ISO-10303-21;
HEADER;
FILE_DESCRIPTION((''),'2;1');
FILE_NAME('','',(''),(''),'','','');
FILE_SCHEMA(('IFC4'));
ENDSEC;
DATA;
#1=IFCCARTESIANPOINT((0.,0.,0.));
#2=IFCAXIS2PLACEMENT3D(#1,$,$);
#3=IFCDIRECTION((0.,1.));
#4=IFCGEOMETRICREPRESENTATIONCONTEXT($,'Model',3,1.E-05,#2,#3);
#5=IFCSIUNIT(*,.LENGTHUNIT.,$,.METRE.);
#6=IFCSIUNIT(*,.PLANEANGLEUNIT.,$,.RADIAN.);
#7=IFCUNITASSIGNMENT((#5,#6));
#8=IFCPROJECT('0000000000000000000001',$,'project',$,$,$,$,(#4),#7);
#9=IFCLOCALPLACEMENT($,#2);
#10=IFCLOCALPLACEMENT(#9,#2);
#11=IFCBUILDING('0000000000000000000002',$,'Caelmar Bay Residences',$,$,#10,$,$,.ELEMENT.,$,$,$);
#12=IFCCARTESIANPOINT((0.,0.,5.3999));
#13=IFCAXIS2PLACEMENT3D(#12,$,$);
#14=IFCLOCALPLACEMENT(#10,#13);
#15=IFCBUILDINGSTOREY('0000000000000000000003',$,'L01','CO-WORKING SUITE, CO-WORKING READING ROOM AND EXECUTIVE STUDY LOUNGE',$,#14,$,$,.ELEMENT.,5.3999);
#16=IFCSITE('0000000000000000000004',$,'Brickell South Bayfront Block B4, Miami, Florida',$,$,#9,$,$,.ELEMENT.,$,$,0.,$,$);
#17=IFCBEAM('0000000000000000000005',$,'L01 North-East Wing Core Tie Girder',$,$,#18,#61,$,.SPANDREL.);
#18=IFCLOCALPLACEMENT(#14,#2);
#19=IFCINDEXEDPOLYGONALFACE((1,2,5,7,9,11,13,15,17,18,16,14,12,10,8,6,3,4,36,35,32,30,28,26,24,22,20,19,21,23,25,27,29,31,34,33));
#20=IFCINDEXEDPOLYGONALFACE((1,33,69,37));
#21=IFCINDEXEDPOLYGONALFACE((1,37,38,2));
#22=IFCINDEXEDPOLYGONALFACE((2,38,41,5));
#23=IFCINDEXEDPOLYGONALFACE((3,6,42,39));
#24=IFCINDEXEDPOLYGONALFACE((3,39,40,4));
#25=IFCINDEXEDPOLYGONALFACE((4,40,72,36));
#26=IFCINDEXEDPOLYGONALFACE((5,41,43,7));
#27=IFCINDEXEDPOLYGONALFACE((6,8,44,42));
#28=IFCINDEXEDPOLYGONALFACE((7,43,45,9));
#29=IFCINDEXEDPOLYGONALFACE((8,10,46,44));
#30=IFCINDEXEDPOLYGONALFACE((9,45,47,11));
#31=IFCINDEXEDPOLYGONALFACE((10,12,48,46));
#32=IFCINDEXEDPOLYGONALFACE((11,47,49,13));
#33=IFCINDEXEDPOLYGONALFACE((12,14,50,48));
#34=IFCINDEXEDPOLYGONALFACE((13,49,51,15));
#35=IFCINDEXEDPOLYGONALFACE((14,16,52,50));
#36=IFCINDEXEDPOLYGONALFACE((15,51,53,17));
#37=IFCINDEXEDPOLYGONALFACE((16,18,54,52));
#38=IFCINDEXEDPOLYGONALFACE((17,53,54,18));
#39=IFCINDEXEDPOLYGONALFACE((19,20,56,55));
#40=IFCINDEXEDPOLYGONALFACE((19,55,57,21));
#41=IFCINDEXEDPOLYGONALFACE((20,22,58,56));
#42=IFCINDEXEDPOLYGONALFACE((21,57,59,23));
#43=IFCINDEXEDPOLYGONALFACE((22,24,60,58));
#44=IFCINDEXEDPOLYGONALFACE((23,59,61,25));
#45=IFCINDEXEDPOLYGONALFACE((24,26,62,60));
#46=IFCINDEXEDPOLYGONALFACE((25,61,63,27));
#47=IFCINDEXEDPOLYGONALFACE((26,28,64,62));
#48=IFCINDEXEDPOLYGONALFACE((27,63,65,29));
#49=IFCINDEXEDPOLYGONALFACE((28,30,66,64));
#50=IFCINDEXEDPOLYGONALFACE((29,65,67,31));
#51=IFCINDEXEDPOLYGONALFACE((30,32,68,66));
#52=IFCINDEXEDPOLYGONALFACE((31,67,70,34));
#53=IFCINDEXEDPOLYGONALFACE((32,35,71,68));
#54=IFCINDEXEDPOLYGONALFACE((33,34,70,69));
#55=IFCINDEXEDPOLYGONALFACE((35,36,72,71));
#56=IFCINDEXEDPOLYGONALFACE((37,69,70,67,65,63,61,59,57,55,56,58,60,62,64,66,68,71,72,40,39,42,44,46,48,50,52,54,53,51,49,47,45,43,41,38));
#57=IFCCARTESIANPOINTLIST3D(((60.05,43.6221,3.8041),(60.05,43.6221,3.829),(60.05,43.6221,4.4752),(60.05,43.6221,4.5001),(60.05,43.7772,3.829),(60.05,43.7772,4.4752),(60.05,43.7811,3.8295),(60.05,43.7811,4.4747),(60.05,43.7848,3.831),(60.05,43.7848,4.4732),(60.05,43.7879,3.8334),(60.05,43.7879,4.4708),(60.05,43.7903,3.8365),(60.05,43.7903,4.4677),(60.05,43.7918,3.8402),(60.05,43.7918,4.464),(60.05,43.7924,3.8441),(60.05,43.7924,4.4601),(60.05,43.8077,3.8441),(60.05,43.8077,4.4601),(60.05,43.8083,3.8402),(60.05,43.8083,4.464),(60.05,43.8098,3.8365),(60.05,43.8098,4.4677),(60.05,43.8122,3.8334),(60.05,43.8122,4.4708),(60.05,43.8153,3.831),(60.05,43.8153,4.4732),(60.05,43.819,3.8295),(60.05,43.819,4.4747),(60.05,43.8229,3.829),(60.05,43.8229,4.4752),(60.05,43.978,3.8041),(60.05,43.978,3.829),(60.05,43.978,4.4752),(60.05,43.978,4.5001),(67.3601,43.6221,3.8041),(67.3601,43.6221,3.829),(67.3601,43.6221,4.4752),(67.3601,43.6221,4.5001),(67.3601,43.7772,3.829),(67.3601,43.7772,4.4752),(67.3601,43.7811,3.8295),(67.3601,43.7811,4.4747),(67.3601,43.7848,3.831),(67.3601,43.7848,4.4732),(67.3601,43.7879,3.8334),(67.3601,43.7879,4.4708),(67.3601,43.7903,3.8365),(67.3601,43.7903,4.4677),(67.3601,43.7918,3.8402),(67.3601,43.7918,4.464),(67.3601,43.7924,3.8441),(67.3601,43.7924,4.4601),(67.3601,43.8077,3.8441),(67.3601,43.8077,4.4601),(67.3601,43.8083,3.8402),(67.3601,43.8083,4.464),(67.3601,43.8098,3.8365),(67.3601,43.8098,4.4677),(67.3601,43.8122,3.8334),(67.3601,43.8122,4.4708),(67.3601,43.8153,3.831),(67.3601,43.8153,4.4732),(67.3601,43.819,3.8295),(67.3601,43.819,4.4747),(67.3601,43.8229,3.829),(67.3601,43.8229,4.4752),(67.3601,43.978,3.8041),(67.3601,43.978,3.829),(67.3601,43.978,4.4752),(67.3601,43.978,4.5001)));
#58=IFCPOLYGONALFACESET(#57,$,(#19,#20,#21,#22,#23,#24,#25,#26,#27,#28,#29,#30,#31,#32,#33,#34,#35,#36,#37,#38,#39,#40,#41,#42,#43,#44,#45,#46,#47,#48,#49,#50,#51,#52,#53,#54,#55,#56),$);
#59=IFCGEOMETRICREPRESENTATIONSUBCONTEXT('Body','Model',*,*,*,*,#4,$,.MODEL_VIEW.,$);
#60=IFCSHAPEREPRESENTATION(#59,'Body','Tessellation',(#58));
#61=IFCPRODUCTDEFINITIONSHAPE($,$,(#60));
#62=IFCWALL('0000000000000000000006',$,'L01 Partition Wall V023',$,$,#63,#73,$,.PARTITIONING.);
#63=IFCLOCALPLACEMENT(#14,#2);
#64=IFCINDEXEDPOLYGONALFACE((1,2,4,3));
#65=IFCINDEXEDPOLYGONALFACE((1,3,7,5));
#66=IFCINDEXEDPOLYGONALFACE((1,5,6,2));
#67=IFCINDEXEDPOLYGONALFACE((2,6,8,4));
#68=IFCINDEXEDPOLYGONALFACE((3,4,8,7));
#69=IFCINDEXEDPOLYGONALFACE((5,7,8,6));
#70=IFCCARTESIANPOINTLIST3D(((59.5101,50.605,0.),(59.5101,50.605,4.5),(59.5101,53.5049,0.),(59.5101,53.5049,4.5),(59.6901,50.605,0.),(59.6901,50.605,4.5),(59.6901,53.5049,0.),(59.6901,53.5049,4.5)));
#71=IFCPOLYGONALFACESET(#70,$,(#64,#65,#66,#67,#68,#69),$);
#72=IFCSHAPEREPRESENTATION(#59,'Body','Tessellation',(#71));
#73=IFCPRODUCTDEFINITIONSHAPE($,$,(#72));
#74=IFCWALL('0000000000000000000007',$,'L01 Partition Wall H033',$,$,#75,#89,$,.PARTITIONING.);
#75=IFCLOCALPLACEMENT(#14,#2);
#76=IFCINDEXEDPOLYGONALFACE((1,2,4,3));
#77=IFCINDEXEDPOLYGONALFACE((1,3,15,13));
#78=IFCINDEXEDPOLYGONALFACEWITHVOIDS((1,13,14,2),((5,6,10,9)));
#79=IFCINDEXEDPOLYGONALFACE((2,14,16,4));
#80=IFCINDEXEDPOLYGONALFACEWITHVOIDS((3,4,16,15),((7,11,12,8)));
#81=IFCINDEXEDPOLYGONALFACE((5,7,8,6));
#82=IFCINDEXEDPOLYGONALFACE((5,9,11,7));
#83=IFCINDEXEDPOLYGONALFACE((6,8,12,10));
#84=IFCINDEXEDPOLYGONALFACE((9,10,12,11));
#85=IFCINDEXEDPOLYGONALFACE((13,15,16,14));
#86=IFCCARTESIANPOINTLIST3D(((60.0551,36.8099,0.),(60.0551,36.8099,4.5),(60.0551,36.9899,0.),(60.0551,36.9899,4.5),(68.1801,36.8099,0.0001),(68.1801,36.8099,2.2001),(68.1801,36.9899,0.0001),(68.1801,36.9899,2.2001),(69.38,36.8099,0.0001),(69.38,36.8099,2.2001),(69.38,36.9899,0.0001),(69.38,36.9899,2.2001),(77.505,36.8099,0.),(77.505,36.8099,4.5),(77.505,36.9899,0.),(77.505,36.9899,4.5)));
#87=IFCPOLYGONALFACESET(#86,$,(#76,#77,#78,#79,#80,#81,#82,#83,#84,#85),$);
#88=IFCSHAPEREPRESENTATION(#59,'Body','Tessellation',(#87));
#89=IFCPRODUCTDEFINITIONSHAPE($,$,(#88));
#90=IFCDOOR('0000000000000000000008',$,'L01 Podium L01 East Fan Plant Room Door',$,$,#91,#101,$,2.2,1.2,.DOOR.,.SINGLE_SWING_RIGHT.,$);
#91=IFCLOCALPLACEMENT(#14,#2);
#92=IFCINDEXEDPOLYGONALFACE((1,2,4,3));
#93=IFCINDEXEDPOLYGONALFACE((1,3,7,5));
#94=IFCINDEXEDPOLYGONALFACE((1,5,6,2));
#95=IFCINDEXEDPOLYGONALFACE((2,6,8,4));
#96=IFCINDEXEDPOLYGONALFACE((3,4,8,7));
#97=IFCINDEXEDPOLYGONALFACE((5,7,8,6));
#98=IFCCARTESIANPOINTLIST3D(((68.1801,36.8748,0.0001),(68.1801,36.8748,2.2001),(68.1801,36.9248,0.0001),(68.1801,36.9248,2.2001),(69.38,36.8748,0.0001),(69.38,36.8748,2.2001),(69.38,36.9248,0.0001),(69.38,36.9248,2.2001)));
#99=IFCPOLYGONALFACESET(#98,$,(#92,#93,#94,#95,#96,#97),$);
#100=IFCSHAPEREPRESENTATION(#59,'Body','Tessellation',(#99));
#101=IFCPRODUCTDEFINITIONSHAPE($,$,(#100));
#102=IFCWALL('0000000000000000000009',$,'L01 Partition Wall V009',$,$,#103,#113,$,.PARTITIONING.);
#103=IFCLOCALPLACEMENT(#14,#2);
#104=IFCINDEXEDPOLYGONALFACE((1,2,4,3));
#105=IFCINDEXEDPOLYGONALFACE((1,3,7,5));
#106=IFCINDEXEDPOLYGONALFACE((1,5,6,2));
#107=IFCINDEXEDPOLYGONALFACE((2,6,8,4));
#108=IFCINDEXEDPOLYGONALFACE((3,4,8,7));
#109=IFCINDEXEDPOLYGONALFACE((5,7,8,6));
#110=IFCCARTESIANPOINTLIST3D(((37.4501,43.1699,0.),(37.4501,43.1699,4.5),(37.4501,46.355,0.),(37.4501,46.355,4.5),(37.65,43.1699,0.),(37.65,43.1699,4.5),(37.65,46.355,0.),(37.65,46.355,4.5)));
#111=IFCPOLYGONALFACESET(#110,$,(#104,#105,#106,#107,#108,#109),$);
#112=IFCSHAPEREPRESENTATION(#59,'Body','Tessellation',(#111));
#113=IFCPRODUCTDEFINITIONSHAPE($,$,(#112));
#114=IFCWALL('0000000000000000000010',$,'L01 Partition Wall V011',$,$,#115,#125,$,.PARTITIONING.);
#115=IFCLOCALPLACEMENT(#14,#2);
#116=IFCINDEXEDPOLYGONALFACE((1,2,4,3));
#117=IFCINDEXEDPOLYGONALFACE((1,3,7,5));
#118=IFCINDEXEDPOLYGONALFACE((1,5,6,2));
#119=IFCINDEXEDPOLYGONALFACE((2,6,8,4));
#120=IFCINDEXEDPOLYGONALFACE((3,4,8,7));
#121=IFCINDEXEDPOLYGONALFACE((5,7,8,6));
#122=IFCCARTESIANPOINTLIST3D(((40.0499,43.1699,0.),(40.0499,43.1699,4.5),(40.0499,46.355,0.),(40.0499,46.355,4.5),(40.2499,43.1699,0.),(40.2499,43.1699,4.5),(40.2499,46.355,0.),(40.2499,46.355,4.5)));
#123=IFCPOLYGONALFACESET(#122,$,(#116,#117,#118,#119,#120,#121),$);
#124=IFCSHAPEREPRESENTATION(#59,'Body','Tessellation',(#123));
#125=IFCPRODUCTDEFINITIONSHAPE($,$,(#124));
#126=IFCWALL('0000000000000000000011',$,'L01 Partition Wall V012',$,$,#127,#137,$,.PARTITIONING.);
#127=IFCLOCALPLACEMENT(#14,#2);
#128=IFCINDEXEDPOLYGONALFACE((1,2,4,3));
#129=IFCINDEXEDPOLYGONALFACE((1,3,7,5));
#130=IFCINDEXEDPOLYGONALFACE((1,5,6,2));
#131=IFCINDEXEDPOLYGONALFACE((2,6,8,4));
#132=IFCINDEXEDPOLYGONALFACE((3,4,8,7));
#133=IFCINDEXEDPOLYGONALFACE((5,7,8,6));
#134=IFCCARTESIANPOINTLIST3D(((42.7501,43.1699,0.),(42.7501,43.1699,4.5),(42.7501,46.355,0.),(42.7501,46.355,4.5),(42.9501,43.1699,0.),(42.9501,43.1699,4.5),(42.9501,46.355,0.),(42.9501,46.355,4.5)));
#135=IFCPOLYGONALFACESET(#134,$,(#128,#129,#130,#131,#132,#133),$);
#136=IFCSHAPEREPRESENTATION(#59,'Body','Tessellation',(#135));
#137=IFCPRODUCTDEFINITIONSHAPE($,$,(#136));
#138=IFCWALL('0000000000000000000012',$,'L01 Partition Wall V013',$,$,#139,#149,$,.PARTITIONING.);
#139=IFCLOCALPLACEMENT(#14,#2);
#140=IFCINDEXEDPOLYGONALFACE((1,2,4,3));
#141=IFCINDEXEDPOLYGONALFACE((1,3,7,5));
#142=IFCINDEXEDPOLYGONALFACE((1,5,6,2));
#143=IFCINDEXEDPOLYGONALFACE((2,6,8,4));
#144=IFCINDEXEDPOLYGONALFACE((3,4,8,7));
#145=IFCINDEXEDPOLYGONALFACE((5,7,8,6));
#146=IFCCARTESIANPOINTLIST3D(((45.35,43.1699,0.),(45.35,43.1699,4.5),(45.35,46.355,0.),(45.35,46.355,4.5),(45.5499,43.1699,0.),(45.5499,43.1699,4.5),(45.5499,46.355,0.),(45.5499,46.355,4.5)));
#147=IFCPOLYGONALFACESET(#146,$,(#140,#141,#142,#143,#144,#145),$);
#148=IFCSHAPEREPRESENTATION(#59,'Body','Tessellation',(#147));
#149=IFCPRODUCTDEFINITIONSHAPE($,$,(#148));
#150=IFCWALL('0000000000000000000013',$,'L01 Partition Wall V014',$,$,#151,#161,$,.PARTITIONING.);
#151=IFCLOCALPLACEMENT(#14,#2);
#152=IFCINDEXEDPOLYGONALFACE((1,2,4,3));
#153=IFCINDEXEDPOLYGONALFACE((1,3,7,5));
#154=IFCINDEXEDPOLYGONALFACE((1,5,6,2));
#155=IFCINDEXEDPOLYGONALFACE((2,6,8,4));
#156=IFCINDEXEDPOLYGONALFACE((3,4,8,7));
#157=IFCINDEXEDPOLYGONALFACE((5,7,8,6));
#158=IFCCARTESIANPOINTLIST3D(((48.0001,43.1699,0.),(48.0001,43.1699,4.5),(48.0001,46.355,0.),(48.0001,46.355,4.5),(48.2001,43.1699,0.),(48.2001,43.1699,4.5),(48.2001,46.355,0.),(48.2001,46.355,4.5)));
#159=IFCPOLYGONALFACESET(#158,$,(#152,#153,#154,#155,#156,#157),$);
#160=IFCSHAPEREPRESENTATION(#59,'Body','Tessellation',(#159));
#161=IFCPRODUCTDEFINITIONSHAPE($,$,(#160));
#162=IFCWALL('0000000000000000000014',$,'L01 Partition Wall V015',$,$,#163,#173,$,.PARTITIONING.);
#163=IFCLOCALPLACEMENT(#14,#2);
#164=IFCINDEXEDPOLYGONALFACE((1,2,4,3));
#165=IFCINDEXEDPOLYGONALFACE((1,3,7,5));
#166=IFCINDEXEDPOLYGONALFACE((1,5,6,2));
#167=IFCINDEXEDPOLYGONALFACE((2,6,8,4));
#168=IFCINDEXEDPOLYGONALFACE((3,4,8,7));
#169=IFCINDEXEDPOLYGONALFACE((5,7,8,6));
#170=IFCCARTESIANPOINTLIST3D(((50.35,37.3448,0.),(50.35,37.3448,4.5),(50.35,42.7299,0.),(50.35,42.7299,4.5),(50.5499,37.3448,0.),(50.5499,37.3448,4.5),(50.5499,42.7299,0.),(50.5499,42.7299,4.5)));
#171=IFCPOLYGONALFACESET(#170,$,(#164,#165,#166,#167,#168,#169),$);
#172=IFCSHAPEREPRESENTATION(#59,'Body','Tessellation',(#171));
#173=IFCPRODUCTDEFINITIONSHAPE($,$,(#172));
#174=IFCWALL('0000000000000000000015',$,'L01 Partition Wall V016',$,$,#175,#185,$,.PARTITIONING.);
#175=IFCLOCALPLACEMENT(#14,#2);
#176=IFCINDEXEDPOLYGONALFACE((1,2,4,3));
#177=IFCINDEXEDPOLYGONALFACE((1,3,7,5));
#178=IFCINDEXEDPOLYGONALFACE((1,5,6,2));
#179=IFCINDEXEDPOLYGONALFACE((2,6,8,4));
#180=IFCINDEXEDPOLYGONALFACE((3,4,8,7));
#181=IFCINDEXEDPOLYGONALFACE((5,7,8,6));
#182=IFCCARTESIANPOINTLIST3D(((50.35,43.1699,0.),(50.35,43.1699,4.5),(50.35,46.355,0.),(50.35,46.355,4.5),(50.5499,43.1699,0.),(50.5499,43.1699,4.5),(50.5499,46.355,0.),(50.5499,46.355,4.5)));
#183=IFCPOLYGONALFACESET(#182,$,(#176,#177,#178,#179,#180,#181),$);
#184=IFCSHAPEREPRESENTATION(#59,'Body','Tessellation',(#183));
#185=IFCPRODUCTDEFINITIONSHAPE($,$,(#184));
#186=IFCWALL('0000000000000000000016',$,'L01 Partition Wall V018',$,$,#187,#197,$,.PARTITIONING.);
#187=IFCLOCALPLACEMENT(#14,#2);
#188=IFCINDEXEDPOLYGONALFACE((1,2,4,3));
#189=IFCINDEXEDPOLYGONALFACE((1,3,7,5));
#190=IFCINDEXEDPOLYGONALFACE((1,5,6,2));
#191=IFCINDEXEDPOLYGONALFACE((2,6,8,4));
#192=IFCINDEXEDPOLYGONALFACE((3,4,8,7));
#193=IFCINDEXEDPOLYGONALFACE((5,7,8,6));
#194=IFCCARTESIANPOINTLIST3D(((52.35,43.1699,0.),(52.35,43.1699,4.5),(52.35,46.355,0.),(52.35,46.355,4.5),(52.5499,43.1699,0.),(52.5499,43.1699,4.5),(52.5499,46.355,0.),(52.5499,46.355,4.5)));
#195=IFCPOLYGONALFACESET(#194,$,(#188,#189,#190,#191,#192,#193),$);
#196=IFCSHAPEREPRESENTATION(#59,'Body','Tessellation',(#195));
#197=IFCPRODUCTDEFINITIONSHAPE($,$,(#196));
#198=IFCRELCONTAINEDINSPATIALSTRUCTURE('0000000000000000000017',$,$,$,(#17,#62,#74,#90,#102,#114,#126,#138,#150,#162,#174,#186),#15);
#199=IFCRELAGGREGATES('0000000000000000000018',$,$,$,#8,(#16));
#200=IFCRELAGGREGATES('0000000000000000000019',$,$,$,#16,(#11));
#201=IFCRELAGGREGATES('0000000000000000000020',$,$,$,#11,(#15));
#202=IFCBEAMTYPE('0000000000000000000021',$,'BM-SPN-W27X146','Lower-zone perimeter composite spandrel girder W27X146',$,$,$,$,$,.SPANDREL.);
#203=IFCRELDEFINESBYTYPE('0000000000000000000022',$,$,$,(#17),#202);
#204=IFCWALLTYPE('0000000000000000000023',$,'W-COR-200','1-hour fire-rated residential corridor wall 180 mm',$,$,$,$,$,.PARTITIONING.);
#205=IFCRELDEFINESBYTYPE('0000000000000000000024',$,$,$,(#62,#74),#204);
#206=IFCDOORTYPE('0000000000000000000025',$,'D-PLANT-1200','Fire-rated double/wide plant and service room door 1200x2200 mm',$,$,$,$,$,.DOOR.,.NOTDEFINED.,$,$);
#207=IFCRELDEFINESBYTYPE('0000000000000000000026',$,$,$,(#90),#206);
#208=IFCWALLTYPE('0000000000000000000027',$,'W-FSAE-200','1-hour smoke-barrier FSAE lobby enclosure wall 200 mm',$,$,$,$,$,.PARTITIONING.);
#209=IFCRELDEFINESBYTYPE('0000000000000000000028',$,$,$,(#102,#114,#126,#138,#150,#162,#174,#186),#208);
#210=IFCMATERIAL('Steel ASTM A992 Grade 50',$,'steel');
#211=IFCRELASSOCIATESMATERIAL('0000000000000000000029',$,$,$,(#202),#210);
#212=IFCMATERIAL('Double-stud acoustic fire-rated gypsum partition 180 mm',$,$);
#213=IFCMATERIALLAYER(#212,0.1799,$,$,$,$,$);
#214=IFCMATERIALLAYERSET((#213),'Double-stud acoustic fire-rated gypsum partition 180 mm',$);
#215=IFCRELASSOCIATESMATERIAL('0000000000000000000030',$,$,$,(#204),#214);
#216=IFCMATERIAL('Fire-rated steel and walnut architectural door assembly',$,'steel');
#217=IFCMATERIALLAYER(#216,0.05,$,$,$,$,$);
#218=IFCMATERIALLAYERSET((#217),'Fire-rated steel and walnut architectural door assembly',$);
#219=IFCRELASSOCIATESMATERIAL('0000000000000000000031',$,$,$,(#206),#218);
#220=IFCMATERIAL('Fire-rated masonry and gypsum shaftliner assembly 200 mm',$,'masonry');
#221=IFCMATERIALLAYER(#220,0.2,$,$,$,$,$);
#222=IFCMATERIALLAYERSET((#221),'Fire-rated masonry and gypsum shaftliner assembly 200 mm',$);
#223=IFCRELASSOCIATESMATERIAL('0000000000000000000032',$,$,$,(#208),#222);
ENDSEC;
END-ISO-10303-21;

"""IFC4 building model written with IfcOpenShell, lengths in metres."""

from ifc_helpers import new_model, si_unit, direction, frame, frame_2d, origin, origin_2d, place, context, subcontext, project, spatial, rectangle, i_section, extrude, material, layer, layer_set, material_profile, profile_set, type_object, element, fill, save


model = new_model("IFC4")

# Units and contexts
model_context = context("Model", 3, precision=1e-05, world=origin(), true_north=direction((0.0, 1.0)))
body_context = subcontext(model_context, "Body", "Model", "MODEL_VIEW")
ifc_project = project(units=[si_unit("LENGTHUNIT", "METRE"), si_unit("PLANEANGLEUNIT", "RADIAN")], contexts=[model_context])

# Site, building, storey
site_placement = place(None, origin())
site = spatial("IfcSite", under=ifc_project, at=site_placement, Name="Brickell South Bayfront Block B4, Miami, Florida", CompositionType="ELEMENT", RefElevation=0.0)
building_placement = place(site_placement, origin())
building = spatial("IfcBuilding", under=site, at=building_placement, Name="Caelmar Bay Residences", CompositionType="ELEMENT")
storey_placement = place(building_placement, frame((0.0, 0.0, 5.3999)))
storey = spatial("IfcBuildingStorey", under=building, at=storey_placement, Name="L01", Description="CO-WORKING SUITE, CO-WORKING READING ROOM AND EXECUTIVE STUDY LOUNGE", CompositionType="ELEMENT", Elevation=5.3999)

# Beam
ifc_material_1 = material(Name="Steel ASTM A992 Grade 50", Category="steel")
ifc_material_profile = material_profile(ifc_material_1, i_section(OverallWidth=0.356, OverallDepth=0.696, WebThickness=0.0154, FlangeThickness=0.0249, FilletRadius=0.0151, at=origin_2d()), Name="W27X146")
ifc_profile_set = profile_set([ifc_material_profile], Name="Steel ASTM A992 Grade 50")
beam_type = type_object("IfcBeamType", Name="BM-SPN-W27X146", Description="Lower-zone perimeter composite spandrel girder W27X146", PredefinedType="SPANDREL", material=ifc_profile_set)
beam_placement = place(storey_placement, frame((60.05, 43.8, 4.1521), z_axis=(1.0, 0.0, 0.0), x_axis=(0.0, 1.0, 0.0)))
element("IfcBeam", 1, at=beam_placement, inside=storey, type_object=beam_type, Name="L01 North-East Wing Core Tie Girder", PredefinedType="SPANDREL", context=body_context, shape_type="SweptSolid", body=[
    extrude(i_section(OverallWidth=0.356, OverallDepth=0.696, WebThickness=0.0154, FlangeThickness=0.0249, FilletRadius=0.0151, at=origin_2d()), origin(), (0.0, 0.0, 1.0), 7.3101),
])

# Wall
ifc_material_2 = material(Name="Double-stud acoustic fire-rated gypsum partition 180 mm")
ifc_layer_1 = layer(ifc_material_2, 0.1799)
ifc_layer_set_1 = layer_set([ifc_layer_1], Name="Double-stud acoustic fire-rated gypsum partition 180 mm")
wall_type_1 = type_object("IfcWallType", Name="W-COR-200", Description="1-hour fire-rated residential corridor wall 180 mm", PredefinedType="PARTITIONING", material=ifc_layer_set_1)
wall_1_placement = place(storey_placement, frame((59.6001, 50.605, 0.0), z_axis=(0.0, 0.0, 1.0), x_axis=(0.0, 1.0, 0.0)))
element("IfcWall", 2, at=wall_1_placement, inside=storey, type_object=wall_type_1, Name="L01 Partition Wall V023", PredefinedType="PARTITIONING", context=body_context, shape_type="SweptSolid", body=[
    extrude(rectangle(XDim=2.8999, YDim=0.1799, at=frame_2d((1.45, 0.0))), origin(), (0.0, 0.0, 1.0), 4.5),
])

# Wall, opening, door
wall_2_placement = place(storey_placement, frame((60.0549, 36.8999, 0.0), z_axis=(0.0, 0.0, 1.0), x_axis=(1.0, 0.0, 0.0)))
wall_2 = element("IfcWall", 3, at=wall_2_placement, inside=storey, type_object=wall_type_1, Name="L01 Partition Wall H033", PredefinedType="PARTITIONING", context=body_context, shape_type="SweptSolid", body=[
    extrude(rectangle(XDim=17.45, YDim=0.1799, at=frame_2d((8.7251, 0.0))), origin(), (0.0, 0.0, 1.0), 4.5),
])
opening_placement = place(wall_2_placement, frame((8.125, 0.0, 0.0)))
opening = element("IfcOpeningElement", 4, at=opening_placement, cuts=wall_2, PredefinedType="OPENING", context=body_context, shape_type="SweptSolid", body=[
    extrude(rectangle(XDim=1.2, YDim=2.2, at=frame_2d((0.6001, 1.1001))), frame((0.0, 0.0999, 0.0), z_axis=(0.0, -1.0, 0.0), x_axis=(1.0, 0.0, 0.0)), (0.0, 0.0, 1.0), 0.2),
])
ifc_material_3 = material(Name="Fire-rated steel and walnut architectural door assembly", Category="steel")
ifc_layer_2 = layer(ifc_material_3, 0.05)
ifc_layer_set_2 = layer_set([ifc_layer_2], Name="Fire-rated steel and walnut architectural door assembly")
door_type = type_object("IfcDoorType", Name="D-PLANT-1200", Description="Fire-rated double/wide plant and service room door 1200x2200 mm", OperationType="NOTDEFINED", PredefinedType="DOOR", material=ifc_layer_set_2)
door_placement = place(opening_placement, origin())
door = element("IfcDoor", 5, at=door_placement, inside=storey, type_object=door_type, Name="L01 Podium L01 East Fan Plant Room Door", OperationType="SINGLE_SWING_RIGHT", OverallHeight=2.2, OverallWidth=1.2, PredefinedType="DOOR", context=body_context, shape_type="SweptSolid", body=[
    extrude(rectangle(XDim=1.2, YDim=2.2, at=frame_2d((0.6001, 1.1001))), frame((0.0, 0.0249, 0.0), z_axis=(0.0, -1.0, 0.0), x_axis=(1.0, 0.0, 0.0)), (0.0, 0.0, 1.0), 0.05),
])
fill(opening, door)

# Walls
ifc_material_4 = material(Name="Fire-rated masonry and gypsum shaftliner assembly 200 mm", Category="masonry")
ifc_layer_3 = layer(ifc_material_4, 0.2)
ifc_layer_set_3 = layer_set([ifc_layer_3], Name="Fire-rated masonry and gypsum shaftliner assembly 200 mm")
wall_type_2 = type_object("IfcWallType", Name="W-FSAE-200", Description="1-hour smoke-barrier FSAE lobby enclosure wall 200 mm", PredefinedType="PARTITIONING", material=ifc_layer_set_3)
for number, where, z_axis, x_axis, name in (
    (6, (37.55, 43.1699, 0.0), (0.0, 0.0, 1.0), (0.0, 1.0, 0.0), "L01 Partition Wall V009"),
    (7, (40.1499, 43.1699, 0.0), (0.0, 0.0, 1.0), (0.0, 1.0, 0.0), "L01 Partition Wall V011"),
    (8, (42.8501, 43.1699, 0.0), (0.0, 0.0, 1.0), (0.0, 1.0, 0.0), "L01 Partition Wall V012"),
    (9, (45.45, 43.1699, 0.0), (0.0, 0.0, 1.0), (0.0, 1.0, 0.0), "L01 Partition Wall V013"),
    (10, (48.1001, 43.1699, 0.0), (0.0, 0.0, 1.0), (0.0, 1.0, 0.0), "L01 Partition Wall V014"),
):
    element("IfcWall", number, at=place(storey_placement, frame(where, z_axis=z_axis, x_axis=x_axis)), inside=storey, type_object=wall_type_2, Name=name, PredefinedType="PARTITIONING", context=body_context, shape_type="SweptSolid", body=[
        extrude(rectangle(XDim=3.1851, YDim=0.2, at=frame_2d((1.5925, 0.0))), origin(), (0.0, 0.0, 1.0), 4.5),
    ])
wall_3_placement = place(storey_placement, frame((50.45, 37.345, 0.0), z_axis=(0.0, 0.0, 1.0), x_axis=(0.0, 1.0, 0.0)))
element("IfcWall", 11, at=wall_3_placement, inside=storey, type_object=wall_type_2, Name="L01 Partition Wall V015", PredefinedType="PARTITIONING", context=body_context, shape_type="SweptSolid", body=[
    extrude(rectangle(XDim=5.385, YDim=0.2, at=frame_2d((2.6924, 0.0))), origin(), (0.0, 0.0, 1.0), 4.5),
])
for number, where, z_axis, x_axis, name in (
    (12, (50.45, 43.1699, 0.0), (0.0, 0.0, 1.0), (0.0, 1.0, 0.0), "L01 Partition Wall V016"),
    (13, (52.45, 43.1699, 0.0), (0.0, 0.0, 1.0), (0.0, 1.0, 0.0), "L01 Partition Wall V018"),
):
    element("IfcWall", number, at=place(storey_placement, frame(where, z_axis=z_axis, x_axis=x_axis)), inside=storey, type_object=wall_type_2, Name=name, PredefinedType="PARTITIONING", context=body_context, shape_type="SweptSolid", body=[
        extrude(rectangle(XDim=3.1851, YDim=0.2, at=frame_2d((1.5925, 0.0))), origin(), (0.0, 0.0, 1.0), 4.5),
    ])

save(model, "model.ifc")
